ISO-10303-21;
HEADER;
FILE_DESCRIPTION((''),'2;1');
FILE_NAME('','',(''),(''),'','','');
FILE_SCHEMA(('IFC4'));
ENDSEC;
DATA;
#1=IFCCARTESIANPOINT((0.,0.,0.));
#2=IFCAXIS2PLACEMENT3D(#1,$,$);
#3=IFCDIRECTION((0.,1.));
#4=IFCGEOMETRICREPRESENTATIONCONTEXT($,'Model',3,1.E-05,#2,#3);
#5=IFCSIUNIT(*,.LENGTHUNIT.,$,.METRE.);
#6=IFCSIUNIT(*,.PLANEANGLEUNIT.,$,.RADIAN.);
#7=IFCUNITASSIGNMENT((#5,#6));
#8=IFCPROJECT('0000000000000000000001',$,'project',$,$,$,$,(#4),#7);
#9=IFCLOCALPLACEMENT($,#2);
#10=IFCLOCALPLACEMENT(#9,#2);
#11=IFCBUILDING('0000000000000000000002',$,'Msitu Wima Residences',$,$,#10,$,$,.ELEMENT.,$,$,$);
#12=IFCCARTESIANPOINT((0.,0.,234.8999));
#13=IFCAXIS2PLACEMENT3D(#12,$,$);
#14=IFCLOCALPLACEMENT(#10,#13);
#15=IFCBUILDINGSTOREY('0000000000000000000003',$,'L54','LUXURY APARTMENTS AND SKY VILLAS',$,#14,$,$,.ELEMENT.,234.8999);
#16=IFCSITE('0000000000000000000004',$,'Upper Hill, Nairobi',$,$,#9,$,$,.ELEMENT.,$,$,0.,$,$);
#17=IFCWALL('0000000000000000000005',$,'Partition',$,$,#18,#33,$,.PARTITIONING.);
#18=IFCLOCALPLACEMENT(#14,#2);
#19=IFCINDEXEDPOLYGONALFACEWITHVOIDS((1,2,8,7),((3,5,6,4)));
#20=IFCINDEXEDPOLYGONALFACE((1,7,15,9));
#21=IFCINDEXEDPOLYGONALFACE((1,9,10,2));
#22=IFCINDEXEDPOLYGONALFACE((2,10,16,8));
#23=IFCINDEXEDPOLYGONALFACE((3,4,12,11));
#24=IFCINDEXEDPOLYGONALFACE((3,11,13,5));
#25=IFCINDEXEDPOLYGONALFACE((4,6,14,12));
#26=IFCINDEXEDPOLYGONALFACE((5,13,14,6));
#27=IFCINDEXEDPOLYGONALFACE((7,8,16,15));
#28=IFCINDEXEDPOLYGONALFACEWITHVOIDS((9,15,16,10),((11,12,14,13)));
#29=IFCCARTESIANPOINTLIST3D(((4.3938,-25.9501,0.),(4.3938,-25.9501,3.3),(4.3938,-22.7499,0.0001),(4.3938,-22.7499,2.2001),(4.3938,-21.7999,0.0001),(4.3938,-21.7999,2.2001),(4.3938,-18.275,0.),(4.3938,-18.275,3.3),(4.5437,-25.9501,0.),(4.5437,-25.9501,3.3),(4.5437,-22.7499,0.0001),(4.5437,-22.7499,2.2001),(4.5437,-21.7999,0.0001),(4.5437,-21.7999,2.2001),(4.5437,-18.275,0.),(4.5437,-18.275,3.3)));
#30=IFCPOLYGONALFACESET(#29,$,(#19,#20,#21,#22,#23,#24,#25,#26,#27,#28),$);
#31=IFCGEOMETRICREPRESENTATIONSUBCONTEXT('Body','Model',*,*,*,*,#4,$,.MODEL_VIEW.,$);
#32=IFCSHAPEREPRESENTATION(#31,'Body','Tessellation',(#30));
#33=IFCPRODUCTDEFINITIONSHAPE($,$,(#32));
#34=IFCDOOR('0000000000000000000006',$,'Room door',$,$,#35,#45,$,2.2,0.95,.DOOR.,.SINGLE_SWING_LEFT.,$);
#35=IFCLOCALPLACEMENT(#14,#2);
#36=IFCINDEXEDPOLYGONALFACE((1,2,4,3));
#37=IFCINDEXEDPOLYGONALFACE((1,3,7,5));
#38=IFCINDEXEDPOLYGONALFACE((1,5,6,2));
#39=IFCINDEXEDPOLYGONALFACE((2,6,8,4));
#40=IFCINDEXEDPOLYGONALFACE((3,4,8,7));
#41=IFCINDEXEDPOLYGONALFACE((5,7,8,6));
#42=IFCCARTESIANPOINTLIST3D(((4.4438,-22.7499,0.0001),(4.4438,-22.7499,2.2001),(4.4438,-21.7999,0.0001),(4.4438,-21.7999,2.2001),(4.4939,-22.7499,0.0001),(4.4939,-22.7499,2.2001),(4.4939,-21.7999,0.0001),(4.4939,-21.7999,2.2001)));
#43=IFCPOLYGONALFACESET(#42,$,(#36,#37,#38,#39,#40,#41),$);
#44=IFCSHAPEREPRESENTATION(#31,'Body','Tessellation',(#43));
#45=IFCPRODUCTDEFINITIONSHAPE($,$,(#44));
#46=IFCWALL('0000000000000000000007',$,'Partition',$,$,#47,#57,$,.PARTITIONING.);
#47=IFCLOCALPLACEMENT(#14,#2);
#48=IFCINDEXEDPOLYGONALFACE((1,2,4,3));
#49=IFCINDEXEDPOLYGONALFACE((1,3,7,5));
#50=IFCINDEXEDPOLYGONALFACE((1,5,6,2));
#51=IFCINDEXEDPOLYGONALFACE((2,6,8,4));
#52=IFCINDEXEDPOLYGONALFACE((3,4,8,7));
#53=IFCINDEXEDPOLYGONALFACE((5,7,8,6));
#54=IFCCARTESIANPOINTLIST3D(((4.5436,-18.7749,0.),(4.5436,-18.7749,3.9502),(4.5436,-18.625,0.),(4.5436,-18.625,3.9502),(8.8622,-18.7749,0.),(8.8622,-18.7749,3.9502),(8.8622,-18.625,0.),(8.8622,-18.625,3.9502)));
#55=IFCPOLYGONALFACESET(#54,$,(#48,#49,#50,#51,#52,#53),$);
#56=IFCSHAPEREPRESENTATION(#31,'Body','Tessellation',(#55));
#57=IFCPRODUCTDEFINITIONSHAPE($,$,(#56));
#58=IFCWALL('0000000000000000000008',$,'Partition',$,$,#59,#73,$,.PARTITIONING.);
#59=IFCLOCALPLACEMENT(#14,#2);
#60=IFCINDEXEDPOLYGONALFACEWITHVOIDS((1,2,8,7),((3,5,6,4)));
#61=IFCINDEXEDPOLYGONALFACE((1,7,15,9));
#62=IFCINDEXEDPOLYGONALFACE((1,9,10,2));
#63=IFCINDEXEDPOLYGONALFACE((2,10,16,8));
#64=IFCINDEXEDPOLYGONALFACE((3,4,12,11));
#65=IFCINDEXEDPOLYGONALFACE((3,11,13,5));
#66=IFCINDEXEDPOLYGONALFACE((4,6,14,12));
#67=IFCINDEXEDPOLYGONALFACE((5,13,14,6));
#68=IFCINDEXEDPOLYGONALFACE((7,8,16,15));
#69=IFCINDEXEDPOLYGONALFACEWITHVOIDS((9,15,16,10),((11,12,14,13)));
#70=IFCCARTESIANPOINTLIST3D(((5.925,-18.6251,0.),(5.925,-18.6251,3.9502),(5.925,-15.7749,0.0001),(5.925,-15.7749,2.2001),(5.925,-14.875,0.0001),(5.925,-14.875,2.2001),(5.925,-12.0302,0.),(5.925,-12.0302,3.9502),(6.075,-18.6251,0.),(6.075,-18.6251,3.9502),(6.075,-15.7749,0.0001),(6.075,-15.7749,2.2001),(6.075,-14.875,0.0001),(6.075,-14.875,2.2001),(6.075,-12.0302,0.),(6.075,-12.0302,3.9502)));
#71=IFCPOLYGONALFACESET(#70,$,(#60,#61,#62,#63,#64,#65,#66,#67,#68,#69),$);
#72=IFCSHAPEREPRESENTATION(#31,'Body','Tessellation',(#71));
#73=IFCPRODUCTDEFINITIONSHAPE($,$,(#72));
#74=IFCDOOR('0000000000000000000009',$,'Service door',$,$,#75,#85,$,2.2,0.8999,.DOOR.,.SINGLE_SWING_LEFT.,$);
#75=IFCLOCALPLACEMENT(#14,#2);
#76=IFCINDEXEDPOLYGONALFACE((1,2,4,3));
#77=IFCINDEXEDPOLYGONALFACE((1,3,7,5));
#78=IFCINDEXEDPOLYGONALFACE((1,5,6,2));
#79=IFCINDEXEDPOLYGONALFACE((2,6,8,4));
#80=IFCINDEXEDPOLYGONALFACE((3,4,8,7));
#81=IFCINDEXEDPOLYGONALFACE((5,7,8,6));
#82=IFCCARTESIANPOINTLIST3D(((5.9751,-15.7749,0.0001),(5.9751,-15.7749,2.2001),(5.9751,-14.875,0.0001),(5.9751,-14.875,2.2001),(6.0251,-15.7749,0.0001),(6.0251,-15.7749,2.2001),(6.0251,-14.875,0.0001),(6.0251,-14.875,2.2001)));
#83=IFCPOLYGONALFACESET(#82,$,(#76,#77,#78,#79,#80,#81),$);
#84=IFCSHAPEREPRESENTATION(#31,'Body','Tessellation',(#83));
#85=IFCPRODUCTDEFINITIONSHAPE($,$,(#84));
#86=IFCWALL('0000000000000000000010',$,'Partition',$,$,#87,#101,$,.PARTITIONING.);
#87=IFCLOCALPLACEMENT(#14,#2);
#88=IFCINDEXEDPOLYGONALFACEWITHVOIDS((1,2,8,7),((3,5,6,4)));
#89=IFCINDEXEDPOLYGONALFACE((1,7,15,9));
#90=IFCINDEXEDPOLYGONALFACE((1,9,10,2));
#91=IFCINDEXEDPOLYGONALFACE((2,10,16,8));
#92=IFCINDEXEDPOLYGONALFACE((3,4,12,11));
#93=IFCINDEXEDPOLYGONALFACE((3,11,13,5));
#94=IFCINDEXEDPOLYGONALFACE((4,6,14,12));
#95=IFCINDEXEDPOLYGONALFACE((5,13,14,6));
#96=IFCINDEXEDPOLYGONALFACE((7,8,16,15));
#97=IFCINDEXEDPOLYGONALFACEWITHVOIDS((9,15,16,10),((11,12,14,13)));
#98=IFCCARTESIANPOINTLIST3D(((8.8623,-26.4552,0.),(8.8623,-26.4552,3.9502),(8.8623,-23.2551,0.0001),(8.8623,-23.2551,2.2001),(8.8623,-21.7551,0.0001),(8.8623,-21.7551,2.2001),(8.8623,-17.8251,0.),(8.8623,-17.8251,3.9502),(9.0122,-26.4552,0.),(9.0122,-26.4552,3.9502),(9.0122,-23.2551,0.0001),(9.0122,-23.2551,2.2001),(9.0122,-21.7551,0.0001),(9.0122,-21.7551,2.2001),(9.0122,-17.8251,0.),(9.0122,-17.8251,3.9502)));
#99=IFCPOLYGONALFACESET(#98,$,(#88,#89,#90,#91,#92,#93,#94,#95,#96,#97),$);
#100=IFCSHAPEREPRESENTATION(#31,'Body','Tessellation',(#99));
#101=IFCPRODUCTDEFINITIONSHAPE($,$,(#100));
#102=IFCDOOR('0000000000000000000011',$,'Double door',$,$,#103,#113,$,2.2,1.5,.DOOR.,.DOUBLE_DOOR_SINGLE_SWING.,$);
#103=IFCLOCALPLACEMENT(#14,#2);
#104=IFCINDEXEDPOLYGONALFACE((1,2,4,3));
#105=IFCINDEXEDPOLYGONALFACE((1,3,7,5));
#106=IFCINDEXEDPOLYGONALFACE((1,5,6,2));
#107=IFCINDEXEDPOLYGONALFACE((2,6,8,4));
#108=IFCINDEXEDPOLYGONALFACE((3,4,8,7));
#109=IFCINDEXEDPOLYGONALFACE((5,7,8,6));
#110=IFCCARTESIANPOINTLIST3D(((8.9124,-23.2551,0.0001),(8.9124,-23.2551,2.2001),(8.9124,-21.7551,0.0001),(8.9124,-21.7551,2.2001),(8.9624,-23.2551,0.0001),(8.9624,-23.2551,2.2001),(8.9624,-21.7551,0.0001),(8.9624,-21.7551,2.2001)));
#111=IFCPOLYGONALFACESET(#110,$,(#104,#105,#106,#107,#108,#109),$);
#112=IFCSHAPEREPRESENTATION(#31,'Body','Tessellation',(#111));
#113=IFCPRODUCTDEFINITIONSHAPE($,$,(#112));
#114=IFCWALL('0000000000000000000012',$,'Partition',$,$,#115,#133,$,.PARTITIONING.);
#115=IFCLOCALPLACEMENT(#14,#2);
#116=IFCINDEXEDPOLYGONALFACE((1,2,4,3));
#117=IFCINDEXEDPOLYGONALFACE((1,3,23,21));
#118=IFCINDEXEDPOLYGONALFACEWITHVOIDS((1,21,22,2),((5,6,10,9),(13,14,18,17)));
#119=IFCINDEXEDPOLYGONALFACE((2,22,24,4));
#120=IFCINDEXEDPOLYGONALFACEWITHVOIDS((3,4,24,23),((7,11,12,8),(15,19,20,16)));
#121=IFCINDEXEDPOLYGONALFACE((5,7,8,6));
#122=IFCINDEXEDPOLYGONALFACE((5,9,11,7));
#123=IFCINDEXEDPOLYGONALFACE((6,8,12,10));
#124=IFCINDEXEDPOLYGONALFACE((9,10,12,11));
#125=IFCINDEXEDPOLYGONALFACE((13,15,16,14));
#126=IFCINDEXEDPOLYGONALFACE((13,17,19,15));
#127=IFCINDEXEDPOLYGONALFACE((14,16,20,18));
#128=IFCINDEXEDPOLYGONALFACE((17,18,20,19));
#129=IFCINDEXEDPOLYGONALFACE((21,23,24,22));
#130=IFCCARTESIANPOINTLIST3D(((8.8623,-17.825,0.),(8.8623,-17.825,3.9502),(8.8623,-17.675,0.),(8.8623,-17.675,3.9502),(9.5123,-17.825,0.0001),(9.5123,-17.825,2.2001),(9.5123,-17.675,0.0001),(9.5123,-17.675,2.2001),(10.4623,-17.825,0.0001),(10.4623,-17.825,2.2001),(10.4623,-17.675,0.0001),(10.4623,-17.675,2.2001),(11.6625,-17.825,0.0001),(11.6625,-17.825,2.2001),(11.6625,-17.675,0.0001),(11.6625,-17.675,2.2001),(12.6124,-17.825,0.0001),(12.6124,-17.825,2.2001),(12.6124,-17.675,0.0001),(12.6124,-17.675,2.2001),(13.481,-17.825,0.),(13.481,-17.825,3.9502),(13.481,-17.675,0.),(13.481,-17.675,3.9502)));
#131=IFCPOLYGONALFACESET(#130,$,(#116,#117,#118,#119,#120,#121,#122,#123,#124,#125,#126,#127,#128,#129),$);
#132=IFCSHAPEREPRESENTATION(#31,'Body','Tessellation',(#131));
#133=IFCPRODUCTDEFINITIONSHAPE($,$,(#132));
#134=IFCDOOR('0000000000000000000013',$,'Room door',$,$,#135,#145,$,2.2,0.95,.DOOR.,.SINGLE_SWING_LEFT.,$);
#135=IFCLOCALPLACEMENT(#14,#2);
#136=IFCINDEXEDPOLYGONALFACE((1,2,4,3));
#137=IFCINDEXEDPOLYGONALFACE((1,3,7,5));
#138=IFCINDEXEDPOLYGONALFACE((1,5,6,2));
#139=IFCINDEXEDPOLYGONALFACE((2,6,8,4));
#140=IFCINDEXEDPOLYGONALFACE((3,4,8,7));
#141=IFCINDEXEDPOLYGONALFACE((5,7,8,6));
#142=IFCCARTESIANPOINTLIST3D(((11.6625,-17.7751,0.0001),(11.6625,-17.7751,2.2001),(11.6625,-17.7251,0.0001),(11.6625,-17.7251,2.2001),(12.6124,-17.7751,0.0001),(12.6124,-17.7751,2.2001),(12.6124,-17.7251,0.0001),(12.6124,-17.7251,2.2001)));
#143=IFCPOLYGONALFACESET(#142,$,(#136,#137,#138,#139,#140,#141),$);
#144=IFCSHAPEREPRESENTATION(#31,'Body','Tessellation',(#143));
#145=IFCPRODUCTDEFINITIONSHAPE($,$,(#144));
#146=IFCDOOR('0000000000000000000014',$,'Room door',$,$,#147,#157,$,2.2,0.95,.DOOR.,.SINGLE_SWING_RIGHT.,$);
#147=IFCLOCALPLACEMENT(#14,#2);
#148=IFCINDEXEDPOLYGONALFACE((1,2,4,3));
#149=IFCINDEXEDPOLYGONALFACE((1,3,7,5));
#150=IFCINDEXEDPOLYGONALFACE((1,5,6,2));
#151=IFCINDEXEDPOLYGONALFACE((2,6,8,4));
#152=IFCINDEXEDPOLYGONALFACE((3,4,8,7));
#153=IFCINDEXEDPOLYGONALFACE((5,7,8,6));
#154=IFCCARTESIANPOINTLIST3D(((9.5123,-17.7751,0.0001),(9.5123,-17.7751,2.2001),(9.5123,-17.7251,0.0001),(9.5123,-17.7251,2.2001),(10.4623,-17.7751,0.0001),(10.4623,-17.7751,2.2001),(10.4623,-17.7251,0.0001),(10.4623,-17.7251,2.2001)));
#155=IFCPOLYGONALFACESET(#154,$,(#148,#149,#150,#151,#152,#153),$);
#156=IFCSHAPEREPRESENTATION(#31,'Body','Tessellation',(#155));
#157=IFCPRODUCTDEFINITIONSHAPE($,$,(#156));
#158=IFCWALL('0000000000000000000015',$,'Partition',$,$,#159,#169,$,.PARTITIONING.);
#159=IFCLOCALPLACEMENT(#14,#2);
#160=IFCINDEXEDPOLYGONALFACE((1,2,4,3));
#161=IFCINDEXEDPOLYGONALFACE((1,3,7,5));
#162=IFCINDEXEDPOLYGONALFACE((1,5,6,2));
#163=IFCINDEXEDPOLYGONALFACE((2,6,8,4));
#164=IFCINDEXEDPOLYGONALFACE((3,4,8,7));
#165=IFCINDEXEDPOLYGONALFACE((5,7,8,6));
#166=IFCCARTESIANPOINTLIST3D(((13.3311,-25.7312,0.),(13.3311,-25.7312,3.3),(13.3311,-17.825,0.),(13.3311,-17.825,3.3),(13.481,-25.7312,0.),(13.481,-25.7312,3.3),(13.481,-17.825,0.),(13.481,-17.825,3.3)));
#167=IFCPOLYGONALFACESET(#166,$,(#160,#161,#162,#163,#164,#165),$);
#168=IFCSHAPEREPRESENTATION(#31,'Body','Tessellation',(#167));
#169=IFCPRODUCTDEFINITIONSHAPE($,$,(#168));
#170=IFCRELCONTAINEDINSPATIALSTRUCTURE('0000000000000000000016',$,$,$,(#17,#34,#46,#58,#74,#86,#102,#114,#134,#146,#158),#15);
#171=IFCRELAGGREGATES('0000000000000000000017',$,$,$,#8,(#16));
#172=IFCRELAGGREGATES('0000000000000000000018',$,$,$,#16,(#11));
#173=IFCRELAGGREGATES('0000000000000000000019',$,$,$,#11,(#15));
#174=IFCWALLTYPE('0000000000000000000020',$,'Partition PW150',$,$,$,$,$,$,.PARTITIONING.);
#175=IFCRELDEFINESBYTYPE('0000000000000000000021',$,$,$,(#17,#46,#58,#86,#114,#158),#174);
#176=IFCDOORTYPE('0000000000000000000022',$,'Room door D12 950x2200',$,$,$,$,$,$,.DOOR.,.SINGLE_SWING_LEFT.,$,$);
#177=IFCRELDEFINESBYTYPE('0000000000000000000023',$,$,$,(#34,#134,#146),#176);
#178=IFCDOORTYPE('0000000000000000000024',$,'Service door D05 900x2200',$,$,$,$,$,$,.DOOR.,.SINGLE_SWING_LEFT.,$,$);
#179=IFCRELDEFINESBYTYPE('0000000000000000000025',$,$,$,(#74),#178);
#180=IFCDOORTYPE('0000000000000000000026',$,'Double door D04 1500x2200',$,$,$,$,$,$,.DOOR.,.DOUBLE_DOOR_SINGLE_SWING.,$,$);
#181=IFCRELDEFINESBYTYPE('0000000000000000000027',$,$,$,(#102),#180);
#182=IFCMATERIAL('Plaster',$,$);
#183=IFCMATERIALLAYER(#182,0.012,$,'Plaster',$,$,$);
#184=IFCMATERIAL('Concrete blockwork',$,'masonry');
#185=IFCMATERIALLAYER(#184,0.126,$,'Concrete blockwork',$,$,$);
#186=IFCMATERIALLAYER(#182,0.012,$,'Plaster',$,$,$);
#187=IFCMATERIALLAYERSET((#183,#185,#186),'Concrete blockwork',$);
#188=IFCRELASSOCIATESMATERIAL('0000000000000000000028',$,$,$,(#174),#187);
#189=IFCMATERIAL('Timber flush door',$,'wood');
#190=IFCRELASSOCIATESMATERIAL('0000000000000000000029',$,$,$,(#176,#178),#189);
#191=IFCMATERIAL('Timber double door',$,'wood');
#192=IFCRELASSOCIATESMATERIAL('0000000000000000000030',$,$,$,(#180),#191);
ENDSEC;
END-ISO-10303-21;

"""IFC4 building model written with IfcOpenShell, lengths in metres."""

from ifc_helpers import new_model, si_unit, direction, frame, frame_2d, origin, place, context, subcontext, project, spatial, rectangle, extrude, material, layer, layer_set, type_object, element, fill, save


model = new_model("IFC4")

# Units and contexts
model_context = context("Model", 3, precision=1e-05, world=origin(), true_north=direction((0.0, 1.0)))
body_context = subcontext(model_context, "Body", "Model", "MODEL_VIEW")
ifc_project = project(units=[si_unit("LENGTHUNIT", "METRE"), si_unit("PLANEANGLEUNIT", "RADIAN")], contexts=[model_context])

# Site, building, storey
site_placement = place(None, origin())
site = spatial("IfcSite", under=ifc_project, at=site_placement, Name="Upper Hill, Nairobi", CompositionType="ELEMENT", RefElevation=0.0)
building_placement = place(site_placement, origin())
building = spatial("IfcBuilding", under=site, at=building_placement, Name="Msitu Wima Residences", CompositionType="ELEMENT")
storey_placement = place(building_placement, frame((0.0, 0.0, 234.8999)))
storey = spatial("IfcBuildingStorey", under=building, at=storey_placement, Name="L54", Description="LUXURY APARTMENTS AND SKY VILLAS", CompositionType="ELEMENT", Elevation=234.8999)

# Shared definitions
ifc_material_1 = material(Name="Plaster")
ifc_layer_1 = layer(ifc_material_1, 0.012, Name="Plaster")
ifc_material_2 = material(Name="Concrete blockwork", Category="masonry")
ifc_layer_2 = layer(ifc_material_2, 0.126, Name="Concrete blockwork")
ifc_layer_3 = layer(ifc_material_1, 0.012, Name="Plaster")
ifc_layer_set_1 = layer_set([ifc_layer_1, ifc_layer_2, ifc_layer_3], Name="Concrete blockwork")
wall_type_1 = type_object("IfcWallType", Name="Partition PW150", PredefinedType="PARTITIONING", material=ifc_layer_set_1)

# Wall, opening, door
wall_1_placement = place(storey_placement, frame((4.4688, -25.95, 0.0), z_axis=(0.0, 0.0, 1.0), x_axis=(0.0, 1.0, 0.0)))
wall_1 = element("IfcWall", 1, at=wall_1_placement, inside=storey, type_object=wall_type_1, Name="Partition", PredefinedType="PARTITIONING", context=body_context, shape_type="SweptSolid", body=[
    extrude(rectangle(XDim=7.675, YDim=0.1499, at=frame_2d((3.8374, 0.0))), origin(), (0.0, 0.0, 1.0), 3.3),
])
opening_1_placement = place(wall_1_placement, frame((3.2, 0.0, 0.0)))
opening_1 = element("IfcOpeningElement", 2, at=opening_1_placement, cuts=wall_1, PredefinedType="OPENING", context=body_context, shape_type="SweptSolid", body=[
    extrude(rectangle(XDim=0.95, YDim=2.2, at=frame_2d((0.4751, 1.1001))), frame((0.0, 0.085, 0.0), z_axis=(0.0, -1.0, 0.0), x_axis=(1.0, 0.0, 0.0)), (0.0, 0.0, 1.0), 0.1699),
])
ifc_material_3 = material(Name="Timber flush door", Category="wood")
door_type_1 = type_object("IfcDoorType", Name="Room door D12 950x2200", OperationType="SINGLE_SWING_LEFT", PredefinedType="DOOR", material=ifc_material_3)
door_1_placement = place(opening_1_placement, origin())
door_1 = element("IfcDoor", 3, at=door_1_placement, inside=storey, type_object=door_type_1, Name="Room door", OperationType="SINGLE_SWING_LEFT", OverallHeight=2.2, OverallWidth=0.95, PredefinedType="DOOR", context=body_context, shape_type="SweptSolid", body=[
    extrude(rectangle(XDim=0.95, YDim=2.2, at=frame_2d((0.4751, 1.1001))), frame((0.0, 0.0249, 0.0), z_axis=(0.0, -1.0, 0.0), x_axis=(1.0, 0.0, 0.0)), (0.0, 0.0, 1.0), 0.05),
])
fill(opening_1, door_1)

# Wall
wall_2_placement = place(storey_placement, frame((4.5437, -18.7, 0.0), z_axis=(0.0, 0.0, 1.0), x_axis=(1.0, 0.0, 0.0)))
element("IfcWall", 4, at=wall_2_placement, inside=storey, type_object=wall_type_1, Name="Partition", PredefinedType="PARTITIONING", context=body_context, shape_type="SweptSolid", body=[
    extrude(rectangle(XDim=4.3186, YDim=0.1499, at=frame_2d((2.1592, 0.0))), origin(), (0.0, 0.0, 1.0), 3.9502),
])

# Walls, openings, doors
wall_3_placement = place(storey_placement, frame((6.0, -18.625, 0.0), z_axis=(0.0, 0.0, 1.0), x_axis=(0.0, 1.0, 0.0)))
wall_3 = element("IfcWall", 5, at=wall_3_placement, inside=storey, type_object=wall_type_1, Name="Partition", PredefinedType="PARTITIONING", context=body_context, shape_type="SweptSolid", body=[
    extrude(rectangle(XDim=6.595, YDim=0.1499, at=frame_2d((3.2974, 0.0))), origin(), (0.0, 0.0, 1.0), 3.9502),
])
opening_2_placement = place(wall_3_placement, frame((2.8501, 0.0, 0.0)))
opening_2 = element("IfcOpeningElement", 6, at=opening_2_placement, cuts=wall_3, PredefinedType="OPENING", context=body_context, shape_type="SweptSolid", body=[
    extrude(rectangle(XDim=0.8999, YDim=2.2, at=frame_2d((0.45, 1.1001))), frame((0.0, 0.085, 0.0), z_axis=(0.0, -1.0, 0.0), x_axis=(1.0, 0.0, 0.0)), (0.0, 0.0, 1.0), 0.1699),
])
door_type_2 = type_object("IfcDoorType", Name="Service door D05 900x2200", OperationType="SINGLE_SWING_LEFT", PredefinedType="DOOR", material=ifc_material_3)
door_2_placement = place(opening_2_placement, origin())
door_2 = element("IfcDoor", 7, at=door_2_placement, inside=storey, type_object=door_type_2, Name="Service door", OperationType="SINGLE_SWING_LEFT", OverallHeight=2.2, OverallWidth=0.8999, PredefinedType="DOOR", context=body_context, shape_type="SweptSolid", body=[
    extrude(rectangle(XDim=0.8999, YDim=2.2, at=frame_2d((0.45, 1.1001))), frame((0.0, 0.0249, 0.0), z_axis=(0.0, -1.0, 0.0), x_axis=(1.0, 0.0, 0.0)), (0.0, 0.0, 1.0), 0.05),
])
fill(opening_2, door_2)
wall_4_placement = place(storey_placement, frame((8.9373, -26.4551, 0.0), z_axis=(0.0, 0.0, 1.0), x_axis=(0.0, 1.0, 0.0)))
wall_4 = element("IfcWall", 8, at=wall_4_placement, inside=storey, type_object=wall_type_1, Name="Partition", PredefinedType="PARTITIONING", context=body_context, shape_type="SweptSolid", body=[
    extrude(rectangle(XDim=8.6301, YDim=0.1499, at=frame_2d((4.3149, 0.0))), origin(), (0.0, 0.0, 1.0), 3.9502),
])
opening_3_placement = place(wall_4_placement, frame((3.2, 0.0, 0.0)))
opening_3 = element("IfcOpeningElement", 9, at=opening_3_placement, cuts=wall_4, PredefinedType="OPENING", context=body_context, shape_type="SweptSolid", body=[
    extrude(rectangle(XDim=1.5, YDim=2.2, at=frame_2d((0.75, 1.1001))), frame((0.0, 0.085, 0.0), z_axis=(0.0, -1.0, 0.0), x_axis=(1.0, 0.0, 0.0)), (0.0, 0.0, 1.0), 0.1699),
])
ifc_material_4 = material(Name="Timber double door", Category="wood")
door_type_3 = type_object("IfcDoorType", Name="Double door D04 1500x2200", OperationType="DOUBLE_DOOR_SINGLE_SWING", PredefinedType="DOOR", material=ifc_material_4)
door_3_placement = place(opening_3_placement, origin())
door_3 = element("IfcDoor", 10, at=door_3_placement, inside=storey, type_object=door_type_3, Name="Double door", OperationType="DOUBLE_DOOR_SINGLE_SWING", OverallHeight=2.2, OverallWidth=1.5, PredefinedType="DOOR", context=body_context, shape_type="SweptSolid", body=[
    extrude(rectangle(XDim=1.5, YDim=2.2, at=frame_2d((0.75, 1.1001))), frame((0.0, 0.0249, 0.0), z_axis=(0.0, -1.0, 0.0), x_axis=(1.0, 0.0, 0.0)), (0.0, 0.0, 1.0), 0.05),
])
fill(opening_3, door_3)

# Wall, openings, doors
wall_5_placement = place(storey_placement, frame((8.8623, -17.75, 0.0), z_axis=(0.0, 0.0, 1.0), x_axis=(1.0, 0.0, 0.0)))
wall_5 = element("IfcWall", 11, at=wall_5_placement, inside=storey, type_object=wall_type_1, Name="Partition", PredefinedType="PARTITIONING", context=body_context, shape_type="SweptSolid", body=[
    extrude(rectangle(XDim=4.6187, YDim=0.1499, at=frame_2d((2.3093, 0.0))), origin(), (0.0, 0.0, 1.0), 3.9502),
])
opening_4_placement = place(wall_5_placement, frame((2.8, 0.0, 0.0)))
opening_4 = element("IfcOpeningElement", 12, at=opening_4_placement, cuts=wall_5, PredefinedType="OPENING", context=body_context, shape_type="SweptSolid", body=[
    extrude(rectangle(XDim=0.95, YDim=2.2, at=frame_2d((0.4751, 1.1001))), frame((0.0, 0.085, 0.0), z_axis=(0.0, -1.0, 0.0), x_axis=(1.0, 0.0, 0.0)), (0.0, 0.0, 1.0), 0.1699),
])
opening_5_placement = place(wall_5_placement, frame((0.6499, 0.0, 0.0)))
opening_5 = element("IfcOpeningElement", 13, at=opening_5_placement, cuts=wall_5, PredefinedType="OPENING", context=body_context, shape_type="SweptSolid", body=[
    extrude(rectangle(XDim=0.95, YDim=2.2, at=frame_2d((0.4751, 1.1001))), frame((0.0, 0.085, 0.0), z_axis=(0.0, -1.0, 0.0), x_axis=(1.0, 0.0, 0.0)), (0.0, 0.0, 1.0), 0.1699),
])
door_4_placement = place(opening_4_placement, origin())
door_4 = element("IfcDoor", 14, at=door_4_placement, inside=storey, type_object=door_type_1, Name="Room door", OperationType="SINGLE_SWING_LEFT", OverallHeight=2.2, OverallWidth=0.95, PredefinedType="DOOR", context=body_context, shape_type="SweptSolid", body=[
    extrude(rectangle(XDim=0.95, YDim=2.2, at=frame_2d((0.4751, 1.1001))), frame((0.0, 0.0249, 0.0), z_axis=(0.0, -1.0, 0.0), x_axis=(1.0, 0.0, 0.0)), (0.0, 0.0, 1.0), 0.05),
])
fill(opening_4, door_4)
door_5_placement = place(opening_5_placement, origin())
door_5 = element("IfcDoor", 15, at=door_5_placement, inside=storey, type_object=door_type_1, Name="Room door", OperationType="SINGLE_SWING_RIGHT", OverallHeight=2.2, OverallWidth=0.95, PredefinedType="DOOR", context=body_context, shape_type="SweptSolid", body=[
    extrude(rectangle(XDim=0.95, YDim=2.2, at=frame_2d((0.4751, 1.1001))), frame((0.0, 0.0249, 0.0), z_axis=(0.0, -1.0, 0.0), x_axis=(1.0, 0.0, 0.0)), (0.0, 0.0, 1.0), 0.05),
])
fill(opening_5, door_5)

# Wall
wall_6_placement = place(storey_placement, frame((13.406, -25.7312, 0.0), z_axis=(0.0, 0.0, 1.0), x_axis=(0.0, 1.0, 0.0)))
element("IfcWall", 16, at=wall_6_placement, inside=storey, type_object=wall_type_1, Name="Partition", PredefinedType="PARTITIONING", context=body_context, shape_type="SweptSolid", body=[
    extrude(rectangle(XDim=7.9062, YDim=0.1499, at=frame_2d((3.9531, 0.0))), origin(), (0.0, 0.0, 1.0), 3.3),
])

save(model, "model.ifc")
